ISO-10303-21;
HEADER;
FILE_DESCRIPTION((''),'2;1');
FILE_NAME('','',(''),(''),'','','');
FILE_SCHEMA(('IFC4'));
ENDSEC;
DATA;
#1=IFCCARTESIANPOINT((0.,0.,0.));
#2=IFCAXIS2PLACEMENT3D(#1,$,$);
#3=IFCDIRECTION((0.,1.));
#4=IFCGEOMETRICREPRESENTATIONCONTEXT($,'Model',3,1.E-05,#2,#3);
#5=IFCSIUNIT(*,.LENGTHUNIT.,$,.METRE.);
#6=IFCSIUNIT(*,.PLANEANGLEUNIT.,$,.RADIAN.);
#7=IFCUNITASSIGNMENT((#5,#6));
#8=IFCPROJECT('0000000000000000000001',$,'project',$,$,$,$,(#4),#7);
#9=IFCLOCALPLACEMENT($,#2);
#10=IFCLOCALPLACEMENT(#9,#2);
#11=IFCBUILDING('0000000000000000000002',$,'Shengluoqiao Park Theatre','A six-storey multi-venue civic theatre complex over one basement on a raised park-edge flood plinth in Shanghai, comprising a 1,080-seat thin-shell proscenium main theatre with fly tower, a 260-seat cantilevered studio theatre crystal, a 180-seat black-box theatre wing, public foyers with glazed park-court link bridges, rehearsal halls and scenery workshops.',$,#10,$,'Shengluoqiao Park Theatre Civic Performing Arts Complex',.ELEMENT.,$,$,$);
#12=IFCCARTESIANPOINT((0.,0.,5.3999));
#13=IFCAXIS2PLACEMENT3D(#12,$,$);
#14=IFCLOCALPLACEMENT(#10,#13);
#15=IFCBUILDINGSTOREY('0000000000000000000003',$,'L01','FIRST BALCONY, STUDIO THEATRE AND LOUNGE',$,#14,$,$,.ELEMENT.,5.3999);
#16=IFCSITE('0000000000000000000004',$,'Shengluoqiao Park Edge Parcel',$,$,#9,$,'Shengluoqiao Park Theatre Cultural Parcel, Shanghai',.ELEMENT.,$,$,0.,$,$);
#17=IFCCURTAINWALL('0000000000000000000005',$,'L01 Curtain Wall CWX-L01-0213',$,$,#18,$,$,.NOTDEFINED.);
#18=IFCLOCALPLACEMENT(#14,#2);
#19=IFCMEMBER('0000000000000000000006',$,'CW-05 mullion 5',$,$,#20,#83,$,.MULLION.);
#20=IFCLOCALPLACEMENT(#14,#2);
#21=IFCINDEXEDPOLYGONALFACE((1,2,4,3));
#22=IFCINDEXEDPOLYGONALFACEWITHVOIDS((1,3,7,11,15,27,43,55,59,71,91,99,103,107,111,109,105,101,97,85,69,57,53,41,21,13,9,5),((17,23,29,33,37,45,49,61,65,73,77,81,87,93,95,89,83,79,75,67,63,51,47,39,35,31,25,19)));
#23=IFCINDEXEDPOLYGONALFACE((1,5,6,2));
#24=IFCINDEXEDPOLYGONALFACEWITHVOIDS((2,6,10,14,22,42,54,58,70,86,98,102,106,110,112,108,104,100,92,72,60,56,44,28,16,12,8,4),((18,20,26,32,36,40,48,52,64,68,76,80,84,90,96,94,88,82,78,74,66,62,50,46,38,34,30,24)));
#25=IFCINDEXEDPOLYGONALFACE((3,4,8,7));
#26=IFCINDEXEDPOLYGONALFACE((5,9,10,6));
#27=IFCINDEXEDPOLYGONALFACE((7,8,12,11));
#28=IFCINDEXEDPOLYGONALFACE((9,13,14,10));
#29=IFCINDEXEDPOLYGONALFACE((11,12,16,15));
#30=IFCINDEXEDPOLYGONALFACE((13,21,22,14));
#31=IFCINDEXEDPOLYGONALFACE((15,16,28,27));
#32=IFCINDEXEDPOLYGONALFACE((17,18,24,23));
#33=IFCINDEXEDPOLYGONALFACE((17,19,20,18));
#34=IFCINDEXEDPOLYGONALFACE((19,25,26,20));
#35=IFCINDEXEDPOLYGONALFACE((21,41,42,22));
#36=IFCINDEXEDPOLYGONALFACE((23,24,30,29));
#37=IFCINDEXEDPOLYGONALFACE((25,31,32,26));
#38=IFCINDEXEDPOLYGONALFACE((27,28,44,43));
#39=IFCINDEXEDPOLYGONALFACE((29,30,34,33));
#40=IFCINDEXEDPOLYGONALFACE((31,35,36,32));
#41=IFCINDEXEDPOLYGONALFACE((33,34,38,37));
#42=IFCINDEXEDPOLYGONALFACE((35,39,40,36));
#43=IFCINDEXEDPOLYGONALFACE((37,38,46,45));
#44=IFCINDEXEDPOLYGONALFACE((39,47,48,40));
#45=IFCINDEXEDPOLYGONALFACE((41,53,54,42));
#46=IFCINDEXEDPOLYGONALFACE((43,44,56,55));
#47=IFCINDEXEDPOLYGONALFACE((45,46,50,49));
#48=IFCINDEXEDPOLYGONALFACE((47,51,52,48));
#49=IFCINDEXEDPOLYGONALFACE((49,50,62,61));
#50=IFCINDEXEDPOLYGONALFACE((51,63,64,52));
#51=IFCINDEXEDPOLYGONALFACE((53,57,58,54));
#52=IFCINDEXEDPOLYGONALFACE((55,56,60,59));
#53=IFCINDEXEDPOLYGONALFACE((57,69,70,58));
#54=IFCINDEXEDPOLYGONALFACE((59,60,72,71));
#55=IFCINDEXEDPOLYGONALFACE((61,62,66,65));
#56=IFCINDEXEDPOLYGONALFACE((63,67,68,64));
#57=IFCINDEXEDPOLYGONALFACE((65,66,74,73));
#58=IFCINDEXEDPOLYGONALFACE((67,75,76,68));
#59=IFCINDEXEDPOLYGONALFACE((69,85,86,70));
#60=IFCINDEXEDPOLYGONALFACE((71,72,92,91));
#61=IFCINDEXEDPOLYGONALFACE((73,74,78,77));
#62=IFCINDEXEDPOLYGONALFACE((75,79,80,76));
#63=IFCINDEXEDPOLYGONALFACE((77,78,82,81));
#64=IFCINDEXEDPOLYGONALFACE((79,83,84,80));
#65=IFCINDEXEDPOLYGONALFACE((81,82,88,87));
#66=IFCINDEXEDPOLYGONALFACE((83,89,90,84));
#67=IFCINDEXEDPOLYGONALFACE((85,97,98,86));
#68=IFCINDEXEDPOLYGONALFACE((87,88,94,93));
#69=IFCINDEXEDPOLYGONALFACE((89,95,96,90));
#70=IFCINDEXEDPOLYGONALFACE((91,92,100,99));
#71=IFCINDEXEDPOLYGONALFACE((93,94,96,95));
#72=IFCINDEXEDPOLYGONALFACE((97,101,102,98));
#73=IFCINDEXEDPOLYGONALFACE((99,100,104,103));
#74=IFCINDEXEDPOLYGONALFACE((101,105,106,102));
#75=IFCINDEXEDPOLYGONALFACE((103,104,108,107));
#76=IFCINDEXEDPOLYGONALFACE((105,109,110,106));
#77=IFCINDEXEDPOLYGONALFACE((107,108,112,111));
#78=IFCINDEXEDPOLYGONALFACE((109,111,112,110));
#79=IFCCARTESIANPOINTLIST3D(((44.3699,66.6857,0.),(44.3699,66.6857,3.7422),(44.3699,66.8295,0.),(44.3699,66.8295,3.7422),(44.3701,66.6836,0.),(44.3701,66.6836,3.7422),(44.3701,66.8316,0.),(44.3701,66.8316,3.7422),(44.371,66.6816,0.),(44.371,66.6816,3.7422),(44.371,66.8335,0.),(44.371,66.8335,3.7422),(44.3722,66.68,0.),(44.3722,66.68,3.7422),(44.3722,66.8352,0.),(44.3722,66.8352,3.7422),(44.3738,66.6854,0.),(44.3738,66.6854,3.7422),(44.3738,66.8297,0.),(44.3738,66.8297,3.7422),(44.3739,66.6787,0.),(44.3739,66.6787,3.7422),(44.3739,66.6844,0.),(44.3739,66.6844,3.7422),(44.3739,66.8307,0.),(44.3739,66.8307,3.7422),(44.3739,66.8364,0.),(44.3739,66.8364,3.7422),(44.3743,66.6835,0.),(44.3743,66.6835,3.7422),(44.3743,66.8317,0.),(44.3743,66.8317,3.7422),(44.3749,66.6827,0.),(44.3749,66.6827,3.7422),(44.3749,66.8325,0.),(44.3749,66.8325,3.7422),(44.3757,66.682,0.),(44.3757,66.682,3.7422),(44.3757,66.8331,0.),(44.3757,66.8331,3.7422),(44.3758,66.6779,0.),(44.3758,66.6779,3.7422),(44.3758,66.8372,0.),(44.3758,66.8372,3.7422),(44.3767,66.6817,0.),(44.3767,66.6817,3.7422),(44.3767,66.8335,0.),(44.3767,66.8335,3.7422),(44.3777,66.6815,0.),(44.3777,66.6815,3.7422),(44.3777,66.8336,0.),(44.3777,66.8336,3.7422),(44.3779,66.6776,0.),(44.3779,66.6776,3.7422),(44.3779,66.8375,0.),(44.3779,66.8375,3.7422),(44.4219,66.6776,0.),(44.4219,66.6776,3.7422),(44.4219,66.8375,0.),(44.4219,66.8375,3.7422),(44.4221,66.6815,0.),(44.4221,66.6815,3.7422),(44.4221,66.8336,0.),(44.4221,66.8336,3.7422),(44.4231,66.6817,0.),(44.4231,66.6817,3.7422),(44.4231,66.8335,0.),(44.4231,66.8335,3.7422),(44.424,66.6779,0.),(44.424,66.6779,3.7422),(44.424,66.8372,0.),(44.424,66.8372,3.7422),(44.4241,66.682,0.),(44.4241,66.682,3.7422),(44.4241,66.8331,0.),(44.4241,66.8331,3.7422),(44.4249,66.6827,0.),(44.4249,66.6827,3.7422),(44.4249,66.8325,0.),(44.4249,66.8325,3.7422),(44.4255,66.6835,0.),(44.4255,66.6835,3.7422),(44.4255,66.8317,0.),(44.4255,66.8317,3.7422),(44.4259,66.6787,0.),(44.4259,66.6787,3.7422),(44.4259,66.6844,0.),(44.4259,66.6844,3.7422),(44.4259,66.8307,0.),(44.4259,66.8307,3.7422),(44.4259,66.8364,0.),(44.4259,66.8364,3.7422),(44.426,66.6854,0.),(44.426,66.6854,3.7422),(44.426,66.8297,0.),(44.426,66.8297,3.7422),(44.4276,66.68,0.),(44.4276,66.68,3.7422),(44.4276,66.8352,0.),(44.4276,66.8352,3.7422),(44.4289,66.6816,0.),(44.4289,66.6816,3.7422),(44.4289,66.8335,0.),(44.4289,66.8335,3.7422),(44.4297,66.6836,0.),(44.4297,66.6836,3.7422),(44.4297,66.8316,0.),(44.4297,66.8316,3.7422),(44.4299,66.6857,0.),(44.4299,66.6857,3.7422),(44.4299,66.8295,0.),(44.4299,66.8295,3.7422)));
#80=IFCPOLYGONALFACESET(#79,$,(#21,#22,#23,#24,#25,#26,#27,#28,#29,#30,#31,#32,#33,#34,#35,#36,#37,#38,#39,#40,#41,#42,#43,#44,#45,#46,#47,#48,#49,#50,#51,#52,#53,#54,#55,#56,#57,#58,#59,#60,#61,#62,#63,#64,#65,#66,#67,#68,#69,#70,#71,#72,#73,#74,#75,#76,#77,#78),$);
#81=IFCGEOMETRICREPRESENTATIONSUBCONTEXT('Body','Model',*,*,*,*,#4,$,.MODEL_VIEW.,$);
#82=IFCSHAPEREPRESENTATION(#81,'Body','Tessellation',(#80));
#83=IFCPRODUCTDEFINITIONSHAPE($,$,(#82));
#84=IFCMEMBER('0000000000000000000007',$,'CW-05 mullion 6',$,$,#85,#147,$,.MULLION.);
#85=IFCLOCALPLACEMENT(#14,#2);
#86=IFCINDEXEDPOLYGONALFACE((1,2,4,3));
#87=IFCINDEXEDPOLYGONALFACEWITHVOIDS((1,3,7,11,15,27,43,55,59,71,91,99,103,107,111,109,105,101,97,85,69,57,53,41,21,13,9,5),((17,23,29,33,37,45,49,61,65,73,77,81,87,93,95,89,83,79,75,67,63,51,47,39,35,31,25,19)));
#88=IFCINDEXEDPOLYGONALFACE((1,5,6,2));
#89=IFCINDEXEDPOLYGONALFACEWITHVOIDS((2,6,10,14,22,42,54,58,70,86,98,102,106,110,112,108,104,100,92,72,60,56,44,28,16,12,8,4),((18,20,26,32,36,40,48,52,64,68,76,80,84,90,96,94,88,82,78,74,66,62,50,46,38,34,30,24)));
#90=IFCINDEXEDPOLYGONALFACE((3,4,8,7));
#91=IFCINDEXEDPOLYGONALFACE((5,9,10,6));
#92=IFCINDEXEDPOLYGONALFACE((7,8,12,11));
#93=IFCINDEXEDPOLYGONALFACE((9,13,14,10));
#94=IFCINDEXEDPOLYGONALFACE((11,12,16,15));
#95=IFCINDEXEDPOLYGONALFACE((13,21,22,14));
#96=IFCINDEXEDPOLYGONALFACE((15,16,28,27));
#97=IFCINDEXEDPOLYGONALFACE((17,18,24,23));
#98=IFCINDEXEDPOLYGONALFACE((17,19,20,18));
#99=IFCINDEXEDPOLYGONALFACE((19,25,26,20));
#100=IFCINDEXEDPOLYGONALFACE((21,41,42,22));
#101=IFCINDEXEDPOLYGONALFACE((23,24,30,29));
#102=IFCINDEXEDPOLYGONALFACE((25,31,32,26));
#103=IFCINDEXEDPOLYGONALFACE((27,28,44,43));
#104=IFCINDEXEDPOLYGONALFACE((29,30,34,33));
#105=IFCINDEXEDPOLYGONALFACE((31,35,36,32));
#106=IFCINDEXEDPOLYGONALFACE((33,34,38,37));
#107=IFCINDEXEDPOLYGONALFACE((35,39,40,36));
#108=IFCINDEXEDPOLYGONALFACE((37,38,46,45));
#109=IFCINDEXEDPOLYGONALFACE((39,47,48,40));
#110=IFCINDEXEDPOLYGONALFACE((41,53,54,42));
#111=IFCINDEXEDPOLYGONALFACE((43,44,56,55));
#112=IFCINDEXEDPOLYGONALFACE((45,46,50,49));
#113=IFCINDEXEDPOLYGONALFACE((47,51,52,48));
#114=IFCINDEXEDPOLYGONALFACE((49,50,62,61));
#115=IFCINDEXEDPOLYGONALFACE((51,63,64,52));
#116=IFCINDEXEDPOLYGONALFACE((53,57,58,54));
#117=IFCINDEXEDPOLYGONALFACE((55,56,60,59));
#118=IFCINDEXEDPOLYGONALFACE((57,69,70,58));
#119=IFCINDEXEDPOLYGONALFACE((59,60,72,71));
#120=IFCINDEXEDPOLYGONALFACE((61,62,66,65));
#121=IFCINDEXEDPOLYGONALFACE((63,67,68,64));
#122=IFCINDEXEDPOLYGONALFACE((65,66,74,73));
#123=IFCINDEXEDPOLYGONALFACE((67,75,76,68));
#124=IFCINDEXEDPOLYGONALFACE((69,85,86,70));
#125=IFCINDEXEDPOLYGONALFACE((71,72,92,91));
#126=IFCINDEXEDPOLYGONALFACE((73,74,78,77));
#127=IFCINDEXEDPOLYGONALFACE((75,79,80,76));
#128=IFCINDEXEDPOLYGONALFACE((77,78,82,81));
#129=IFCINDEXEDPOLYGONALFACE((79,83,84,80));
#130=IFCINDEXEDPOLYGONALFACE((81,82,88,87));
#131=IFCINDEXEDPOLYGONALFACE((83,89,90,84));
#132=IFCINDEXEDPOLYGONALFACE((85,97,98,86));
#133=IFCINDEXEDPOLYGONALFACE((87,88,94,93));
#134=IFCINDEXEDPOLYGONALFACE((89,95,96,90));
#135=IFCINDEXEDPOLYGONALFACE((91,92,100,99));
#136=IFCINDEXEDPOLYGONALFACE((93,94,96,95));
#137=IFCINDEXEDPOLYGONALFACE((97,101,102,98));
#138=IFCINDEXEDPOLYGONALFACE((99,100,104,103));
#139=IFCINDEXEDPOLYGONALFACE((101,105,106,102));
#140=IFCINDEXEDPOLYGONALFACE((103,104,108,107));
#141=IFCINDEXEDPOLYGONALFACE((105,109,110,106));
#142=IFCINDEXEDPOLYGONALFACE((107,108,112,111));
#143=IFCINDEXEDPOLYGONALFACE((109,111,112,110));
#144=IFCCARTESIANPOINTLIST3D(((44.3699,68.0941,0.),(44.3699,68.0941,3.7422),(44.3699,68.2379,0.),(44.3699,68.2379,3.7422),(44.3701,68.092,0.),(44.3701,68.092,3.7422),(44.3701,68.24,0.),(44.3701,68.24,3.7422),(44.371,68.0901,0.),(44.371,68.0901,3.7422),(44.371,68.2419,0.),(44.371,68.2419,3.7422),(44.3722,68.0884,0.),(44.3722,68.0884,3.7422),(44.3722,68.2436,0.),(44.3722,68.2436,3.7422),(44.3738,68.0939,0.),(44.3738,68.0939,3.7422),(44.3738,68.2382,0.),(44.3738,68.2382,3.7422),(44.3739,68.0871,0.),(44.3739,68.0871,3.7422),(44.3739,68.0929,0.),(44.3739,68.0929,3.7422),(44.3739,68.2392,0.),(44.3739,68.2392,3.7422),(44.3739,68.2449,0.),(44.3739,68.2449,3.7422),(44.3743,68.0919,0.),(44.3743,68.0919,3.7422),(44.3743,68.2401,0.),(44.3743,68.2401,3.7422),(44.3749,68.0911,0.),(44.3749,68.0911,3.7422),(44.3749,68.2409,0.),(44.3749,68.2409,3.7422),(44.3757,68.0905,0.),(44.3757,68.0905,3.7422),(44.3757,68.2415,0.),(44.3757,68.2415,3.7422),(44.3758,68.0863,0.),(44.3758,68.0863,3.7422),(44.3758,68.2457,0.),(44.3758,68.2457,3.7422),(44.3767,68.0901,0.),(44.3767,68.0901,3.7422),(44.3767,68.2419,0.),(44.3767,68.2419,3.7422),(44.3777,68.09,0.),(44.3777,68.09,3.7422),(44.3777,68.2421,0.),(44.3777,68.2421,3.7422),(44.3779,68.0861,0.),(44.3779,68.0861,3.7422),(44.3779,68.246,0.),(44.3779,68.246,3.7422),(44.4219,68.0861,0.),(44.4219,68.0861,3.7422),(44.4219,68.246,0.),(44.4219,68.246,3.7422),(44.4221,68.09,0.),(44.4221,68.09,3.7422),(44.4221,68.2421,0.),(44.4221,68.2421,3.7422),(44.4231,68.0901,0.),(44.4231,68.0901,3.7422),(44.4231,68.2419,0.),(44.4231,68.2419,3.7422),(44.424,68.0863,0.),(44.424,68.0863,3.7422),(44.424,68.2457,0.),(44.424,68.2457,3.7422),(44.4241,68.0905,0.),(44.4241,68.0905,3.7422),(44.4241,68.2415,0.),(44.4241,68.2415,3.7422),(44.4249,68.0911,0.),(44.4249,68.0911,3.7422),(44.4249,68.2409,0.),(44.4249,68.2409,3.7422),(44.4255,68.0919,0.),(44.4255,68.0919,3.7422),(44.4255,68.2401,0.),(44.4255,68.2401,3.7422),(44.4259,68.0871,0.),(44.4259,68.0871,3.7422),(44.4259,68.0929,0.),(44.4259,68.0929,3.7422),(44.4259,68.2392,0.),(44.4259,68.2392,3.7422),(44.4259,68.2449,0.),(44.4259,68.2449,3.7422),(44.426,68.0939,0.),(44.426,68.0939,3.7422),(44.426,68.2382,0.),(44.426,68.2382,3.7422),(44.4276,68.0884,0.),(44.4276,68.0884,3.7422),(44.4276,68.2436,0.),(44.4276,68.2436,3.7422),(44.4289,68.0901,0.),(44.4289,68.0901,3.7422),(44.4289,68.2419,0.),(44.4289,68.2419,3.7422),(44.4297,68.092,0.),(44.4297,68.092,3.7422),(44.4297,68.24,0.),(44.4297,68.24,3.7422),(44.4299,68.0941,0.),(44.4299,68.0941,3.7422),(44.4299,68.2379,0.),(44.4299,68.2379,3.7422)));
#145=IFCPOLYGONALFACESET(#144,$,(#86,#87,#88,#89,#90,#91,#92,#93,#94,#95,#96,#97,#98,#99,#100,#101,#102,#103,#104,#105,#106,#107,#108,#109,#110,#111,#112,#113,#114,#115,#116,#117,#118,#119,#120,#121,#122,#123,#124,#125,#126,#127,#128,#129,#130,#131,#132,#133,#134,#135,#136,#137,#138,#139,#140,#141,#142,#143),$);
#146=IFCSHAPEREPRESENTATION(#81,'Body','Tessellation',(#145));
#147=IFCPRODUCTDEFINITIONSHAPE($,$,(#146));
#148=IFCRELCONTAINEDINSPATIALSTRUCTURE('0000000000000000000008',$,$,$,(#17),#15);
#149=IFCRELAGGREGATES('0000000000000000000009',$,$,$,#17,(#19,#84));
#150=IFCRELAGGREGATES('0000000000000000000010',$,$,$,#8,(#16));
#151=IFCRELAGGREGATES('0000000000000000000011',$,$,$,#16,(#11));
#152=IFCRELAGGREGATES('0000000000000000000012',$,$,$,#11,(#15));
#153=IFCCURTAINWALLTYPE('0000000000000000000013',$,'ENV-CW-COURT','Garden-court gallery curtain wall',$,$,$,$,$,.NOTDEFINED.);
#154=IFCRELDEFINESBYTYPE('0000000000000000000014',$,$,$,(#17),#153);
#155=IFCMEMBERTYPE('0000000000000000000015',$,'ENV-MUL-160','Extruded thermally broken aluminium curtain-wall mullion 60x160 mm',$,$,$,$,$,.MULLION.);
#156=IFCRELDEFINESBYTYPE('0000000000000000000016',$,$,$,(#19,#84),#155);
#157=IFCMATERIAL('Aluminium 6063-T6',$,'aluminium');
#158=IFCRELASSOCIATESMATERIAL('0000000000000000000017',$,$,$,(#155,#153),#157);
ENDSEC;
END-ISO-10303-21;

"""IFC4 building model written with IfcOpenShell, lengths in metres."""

from ifc_helpers import new_model, si_unit, direction, frame, origin, origin_2d, place, context, subcontext, project, spatial, hollow_rectangle, extrude, material, material_profile, profile_set, type_object, element, aggregate, save


model = new_model("IFC4")

# Units and contexts
model_context = context("Model", 3, precision=1e-05, world=origin(), true_north=direction((0.0, 1.0)))
body_context = subcontext(model_context, "Body", "Model", "MODEL_VIEW")
ifc_project = project(units=[si_unit("LENGTHUNIT", "METRE"), si_unit("PLANEANGLEUNIT", "RADIAN")], contexts=[model_context])

# Site, building, storey
site_placement = place(None, origin())
site = spatial("IfcSite", under=ifc_project, at=site_placement, Name="Shengluoqiao Park Edge Parcel", LongName="Shengluoqiao Park Theatre Cultural Parcel, Shanghai", CompositionType="ELEMENT", RefElevation=0.0)
building_placement = place(site_placement, origin())
building = spatial("IfcBuilding", under=site, at=building_placement, Name="Shengluoqiao Park Theatre", Description="A six-storey multi-venue civic theatre complex over one basement on a raised park-edge flood plinth in Shanghai, comprising a 1,080-seat thin-shell proscenium main theatre with fly tower, a 260-seat cantilevered studio theatre crystal, a 180-seat black-box theatre wing, public foyers with glazed park-court link bridges, rehearsal halls and scenery workshops.", LongName="Shengluoqiao Park Theatre Civic Performing Arts Complex", CompositionType="ELEMENT")
storey_placement = place(building_placement, frame((0.0, 0.0, 5.3999)))
storey = spatial("IfcBuildingStorey", under=building, at=storey_placement, Name="L01", Description="FIRST BALCONY, STUDIO THEATRE AND LOUNGE", CompositionType="ELEMENT", Elevation=5.3999)

# Curtain wall, members
ifc_material_1 = material(Name="Aluminium 6063-T6", Category="aluminium")
ifc_material_profile_1 = material_profile(ifc_material_1, hollow_rectangle(XDim=0.0601, YDim=0.1599, WallThickness=0.0039, InnerFilletRadius=0.0039, OuterFilletRadius=0.0081, at=origin_2d()), Name="ALU MULLION 160x60x4")
ifc_profile_set_1 = profile_set([ifc_material_profile_1], Name="Aluminium 6063-T6")
member_type_1 = type_object("IfcMemberType", Name="ENV-MUL-160", Description="Extruded thermally broken aluminium curtain-wall mullion 60x160 mm", PredefinedType="MULLION", material=ifc_profile_set_1)
curtain_wall_type_1 = type_object("IfcCurtainWallType", Name="ENV-CW-COURT", Description="Garden-court gallery curtain wall", PredefinedType="NOTDEFINED", material=ifc_material_1)
curtain_wall_1_placement = place(storey_placement, origin())
curtain_wall_1 = element("IfcCurtainWall", 1, at=curtain_wall_1_placement, inside=storey, type_object=curtain_wall_type_1, Name="L01 Curtain Wall CWX-L01-0213", PredefinedType="NOTDEFINED")
member_1_placement = place(storey_placement, frame((44.3999, 66.7576, 0.0), z_axis=(0.0, 0.0, 1.0), x_axis=(-1.0, 0.0, 0.0)))
member_1 = element("IfcMember", 2, at=member_1_placement, type_object=member_type_1, Name="CW-05 mullion 5", PredefinedType="MULLION", context=body_context, shape_type="SweptSolid", body=[
    extrude(hollow_rectangle(XDim=0.0601, YDim=0.1599, WallThickness=0.0039, InnerFilletRadius=0.0039, OuterFilletRadius=0.0081, at=origin_2d()), origin(), (0.0, 0.0, 1.0), 3.7422),
])
member_2_placement = place(storey_placement, frame((44.3999, 68.166, 0.0), z_axis=(0.0, 0.0, 1.0), x_axis=(-1.0, 0.0, 0.0)))
member_2 = element("IfcMember", 3, at=member_2_placement, type_object=member_type_1, Name="CW-05 mullion 6", PredefinedType="MULLION", context=body_context, shape_type="SweptSolid", body=[
    extrude(hollow_rectangle(XDim=0.0601, YDim=0.1599, WallThickness=0.0039, InnerFilletRadius=0.0039, OuterFilletRadius=0.0081, at=origin_2d()), origin(), (0.0, 0.0, 1.0), 3.7422),
])

aggregate(curtain_wall_1, [member_1, member_2])

save(model, "model.ifc")
